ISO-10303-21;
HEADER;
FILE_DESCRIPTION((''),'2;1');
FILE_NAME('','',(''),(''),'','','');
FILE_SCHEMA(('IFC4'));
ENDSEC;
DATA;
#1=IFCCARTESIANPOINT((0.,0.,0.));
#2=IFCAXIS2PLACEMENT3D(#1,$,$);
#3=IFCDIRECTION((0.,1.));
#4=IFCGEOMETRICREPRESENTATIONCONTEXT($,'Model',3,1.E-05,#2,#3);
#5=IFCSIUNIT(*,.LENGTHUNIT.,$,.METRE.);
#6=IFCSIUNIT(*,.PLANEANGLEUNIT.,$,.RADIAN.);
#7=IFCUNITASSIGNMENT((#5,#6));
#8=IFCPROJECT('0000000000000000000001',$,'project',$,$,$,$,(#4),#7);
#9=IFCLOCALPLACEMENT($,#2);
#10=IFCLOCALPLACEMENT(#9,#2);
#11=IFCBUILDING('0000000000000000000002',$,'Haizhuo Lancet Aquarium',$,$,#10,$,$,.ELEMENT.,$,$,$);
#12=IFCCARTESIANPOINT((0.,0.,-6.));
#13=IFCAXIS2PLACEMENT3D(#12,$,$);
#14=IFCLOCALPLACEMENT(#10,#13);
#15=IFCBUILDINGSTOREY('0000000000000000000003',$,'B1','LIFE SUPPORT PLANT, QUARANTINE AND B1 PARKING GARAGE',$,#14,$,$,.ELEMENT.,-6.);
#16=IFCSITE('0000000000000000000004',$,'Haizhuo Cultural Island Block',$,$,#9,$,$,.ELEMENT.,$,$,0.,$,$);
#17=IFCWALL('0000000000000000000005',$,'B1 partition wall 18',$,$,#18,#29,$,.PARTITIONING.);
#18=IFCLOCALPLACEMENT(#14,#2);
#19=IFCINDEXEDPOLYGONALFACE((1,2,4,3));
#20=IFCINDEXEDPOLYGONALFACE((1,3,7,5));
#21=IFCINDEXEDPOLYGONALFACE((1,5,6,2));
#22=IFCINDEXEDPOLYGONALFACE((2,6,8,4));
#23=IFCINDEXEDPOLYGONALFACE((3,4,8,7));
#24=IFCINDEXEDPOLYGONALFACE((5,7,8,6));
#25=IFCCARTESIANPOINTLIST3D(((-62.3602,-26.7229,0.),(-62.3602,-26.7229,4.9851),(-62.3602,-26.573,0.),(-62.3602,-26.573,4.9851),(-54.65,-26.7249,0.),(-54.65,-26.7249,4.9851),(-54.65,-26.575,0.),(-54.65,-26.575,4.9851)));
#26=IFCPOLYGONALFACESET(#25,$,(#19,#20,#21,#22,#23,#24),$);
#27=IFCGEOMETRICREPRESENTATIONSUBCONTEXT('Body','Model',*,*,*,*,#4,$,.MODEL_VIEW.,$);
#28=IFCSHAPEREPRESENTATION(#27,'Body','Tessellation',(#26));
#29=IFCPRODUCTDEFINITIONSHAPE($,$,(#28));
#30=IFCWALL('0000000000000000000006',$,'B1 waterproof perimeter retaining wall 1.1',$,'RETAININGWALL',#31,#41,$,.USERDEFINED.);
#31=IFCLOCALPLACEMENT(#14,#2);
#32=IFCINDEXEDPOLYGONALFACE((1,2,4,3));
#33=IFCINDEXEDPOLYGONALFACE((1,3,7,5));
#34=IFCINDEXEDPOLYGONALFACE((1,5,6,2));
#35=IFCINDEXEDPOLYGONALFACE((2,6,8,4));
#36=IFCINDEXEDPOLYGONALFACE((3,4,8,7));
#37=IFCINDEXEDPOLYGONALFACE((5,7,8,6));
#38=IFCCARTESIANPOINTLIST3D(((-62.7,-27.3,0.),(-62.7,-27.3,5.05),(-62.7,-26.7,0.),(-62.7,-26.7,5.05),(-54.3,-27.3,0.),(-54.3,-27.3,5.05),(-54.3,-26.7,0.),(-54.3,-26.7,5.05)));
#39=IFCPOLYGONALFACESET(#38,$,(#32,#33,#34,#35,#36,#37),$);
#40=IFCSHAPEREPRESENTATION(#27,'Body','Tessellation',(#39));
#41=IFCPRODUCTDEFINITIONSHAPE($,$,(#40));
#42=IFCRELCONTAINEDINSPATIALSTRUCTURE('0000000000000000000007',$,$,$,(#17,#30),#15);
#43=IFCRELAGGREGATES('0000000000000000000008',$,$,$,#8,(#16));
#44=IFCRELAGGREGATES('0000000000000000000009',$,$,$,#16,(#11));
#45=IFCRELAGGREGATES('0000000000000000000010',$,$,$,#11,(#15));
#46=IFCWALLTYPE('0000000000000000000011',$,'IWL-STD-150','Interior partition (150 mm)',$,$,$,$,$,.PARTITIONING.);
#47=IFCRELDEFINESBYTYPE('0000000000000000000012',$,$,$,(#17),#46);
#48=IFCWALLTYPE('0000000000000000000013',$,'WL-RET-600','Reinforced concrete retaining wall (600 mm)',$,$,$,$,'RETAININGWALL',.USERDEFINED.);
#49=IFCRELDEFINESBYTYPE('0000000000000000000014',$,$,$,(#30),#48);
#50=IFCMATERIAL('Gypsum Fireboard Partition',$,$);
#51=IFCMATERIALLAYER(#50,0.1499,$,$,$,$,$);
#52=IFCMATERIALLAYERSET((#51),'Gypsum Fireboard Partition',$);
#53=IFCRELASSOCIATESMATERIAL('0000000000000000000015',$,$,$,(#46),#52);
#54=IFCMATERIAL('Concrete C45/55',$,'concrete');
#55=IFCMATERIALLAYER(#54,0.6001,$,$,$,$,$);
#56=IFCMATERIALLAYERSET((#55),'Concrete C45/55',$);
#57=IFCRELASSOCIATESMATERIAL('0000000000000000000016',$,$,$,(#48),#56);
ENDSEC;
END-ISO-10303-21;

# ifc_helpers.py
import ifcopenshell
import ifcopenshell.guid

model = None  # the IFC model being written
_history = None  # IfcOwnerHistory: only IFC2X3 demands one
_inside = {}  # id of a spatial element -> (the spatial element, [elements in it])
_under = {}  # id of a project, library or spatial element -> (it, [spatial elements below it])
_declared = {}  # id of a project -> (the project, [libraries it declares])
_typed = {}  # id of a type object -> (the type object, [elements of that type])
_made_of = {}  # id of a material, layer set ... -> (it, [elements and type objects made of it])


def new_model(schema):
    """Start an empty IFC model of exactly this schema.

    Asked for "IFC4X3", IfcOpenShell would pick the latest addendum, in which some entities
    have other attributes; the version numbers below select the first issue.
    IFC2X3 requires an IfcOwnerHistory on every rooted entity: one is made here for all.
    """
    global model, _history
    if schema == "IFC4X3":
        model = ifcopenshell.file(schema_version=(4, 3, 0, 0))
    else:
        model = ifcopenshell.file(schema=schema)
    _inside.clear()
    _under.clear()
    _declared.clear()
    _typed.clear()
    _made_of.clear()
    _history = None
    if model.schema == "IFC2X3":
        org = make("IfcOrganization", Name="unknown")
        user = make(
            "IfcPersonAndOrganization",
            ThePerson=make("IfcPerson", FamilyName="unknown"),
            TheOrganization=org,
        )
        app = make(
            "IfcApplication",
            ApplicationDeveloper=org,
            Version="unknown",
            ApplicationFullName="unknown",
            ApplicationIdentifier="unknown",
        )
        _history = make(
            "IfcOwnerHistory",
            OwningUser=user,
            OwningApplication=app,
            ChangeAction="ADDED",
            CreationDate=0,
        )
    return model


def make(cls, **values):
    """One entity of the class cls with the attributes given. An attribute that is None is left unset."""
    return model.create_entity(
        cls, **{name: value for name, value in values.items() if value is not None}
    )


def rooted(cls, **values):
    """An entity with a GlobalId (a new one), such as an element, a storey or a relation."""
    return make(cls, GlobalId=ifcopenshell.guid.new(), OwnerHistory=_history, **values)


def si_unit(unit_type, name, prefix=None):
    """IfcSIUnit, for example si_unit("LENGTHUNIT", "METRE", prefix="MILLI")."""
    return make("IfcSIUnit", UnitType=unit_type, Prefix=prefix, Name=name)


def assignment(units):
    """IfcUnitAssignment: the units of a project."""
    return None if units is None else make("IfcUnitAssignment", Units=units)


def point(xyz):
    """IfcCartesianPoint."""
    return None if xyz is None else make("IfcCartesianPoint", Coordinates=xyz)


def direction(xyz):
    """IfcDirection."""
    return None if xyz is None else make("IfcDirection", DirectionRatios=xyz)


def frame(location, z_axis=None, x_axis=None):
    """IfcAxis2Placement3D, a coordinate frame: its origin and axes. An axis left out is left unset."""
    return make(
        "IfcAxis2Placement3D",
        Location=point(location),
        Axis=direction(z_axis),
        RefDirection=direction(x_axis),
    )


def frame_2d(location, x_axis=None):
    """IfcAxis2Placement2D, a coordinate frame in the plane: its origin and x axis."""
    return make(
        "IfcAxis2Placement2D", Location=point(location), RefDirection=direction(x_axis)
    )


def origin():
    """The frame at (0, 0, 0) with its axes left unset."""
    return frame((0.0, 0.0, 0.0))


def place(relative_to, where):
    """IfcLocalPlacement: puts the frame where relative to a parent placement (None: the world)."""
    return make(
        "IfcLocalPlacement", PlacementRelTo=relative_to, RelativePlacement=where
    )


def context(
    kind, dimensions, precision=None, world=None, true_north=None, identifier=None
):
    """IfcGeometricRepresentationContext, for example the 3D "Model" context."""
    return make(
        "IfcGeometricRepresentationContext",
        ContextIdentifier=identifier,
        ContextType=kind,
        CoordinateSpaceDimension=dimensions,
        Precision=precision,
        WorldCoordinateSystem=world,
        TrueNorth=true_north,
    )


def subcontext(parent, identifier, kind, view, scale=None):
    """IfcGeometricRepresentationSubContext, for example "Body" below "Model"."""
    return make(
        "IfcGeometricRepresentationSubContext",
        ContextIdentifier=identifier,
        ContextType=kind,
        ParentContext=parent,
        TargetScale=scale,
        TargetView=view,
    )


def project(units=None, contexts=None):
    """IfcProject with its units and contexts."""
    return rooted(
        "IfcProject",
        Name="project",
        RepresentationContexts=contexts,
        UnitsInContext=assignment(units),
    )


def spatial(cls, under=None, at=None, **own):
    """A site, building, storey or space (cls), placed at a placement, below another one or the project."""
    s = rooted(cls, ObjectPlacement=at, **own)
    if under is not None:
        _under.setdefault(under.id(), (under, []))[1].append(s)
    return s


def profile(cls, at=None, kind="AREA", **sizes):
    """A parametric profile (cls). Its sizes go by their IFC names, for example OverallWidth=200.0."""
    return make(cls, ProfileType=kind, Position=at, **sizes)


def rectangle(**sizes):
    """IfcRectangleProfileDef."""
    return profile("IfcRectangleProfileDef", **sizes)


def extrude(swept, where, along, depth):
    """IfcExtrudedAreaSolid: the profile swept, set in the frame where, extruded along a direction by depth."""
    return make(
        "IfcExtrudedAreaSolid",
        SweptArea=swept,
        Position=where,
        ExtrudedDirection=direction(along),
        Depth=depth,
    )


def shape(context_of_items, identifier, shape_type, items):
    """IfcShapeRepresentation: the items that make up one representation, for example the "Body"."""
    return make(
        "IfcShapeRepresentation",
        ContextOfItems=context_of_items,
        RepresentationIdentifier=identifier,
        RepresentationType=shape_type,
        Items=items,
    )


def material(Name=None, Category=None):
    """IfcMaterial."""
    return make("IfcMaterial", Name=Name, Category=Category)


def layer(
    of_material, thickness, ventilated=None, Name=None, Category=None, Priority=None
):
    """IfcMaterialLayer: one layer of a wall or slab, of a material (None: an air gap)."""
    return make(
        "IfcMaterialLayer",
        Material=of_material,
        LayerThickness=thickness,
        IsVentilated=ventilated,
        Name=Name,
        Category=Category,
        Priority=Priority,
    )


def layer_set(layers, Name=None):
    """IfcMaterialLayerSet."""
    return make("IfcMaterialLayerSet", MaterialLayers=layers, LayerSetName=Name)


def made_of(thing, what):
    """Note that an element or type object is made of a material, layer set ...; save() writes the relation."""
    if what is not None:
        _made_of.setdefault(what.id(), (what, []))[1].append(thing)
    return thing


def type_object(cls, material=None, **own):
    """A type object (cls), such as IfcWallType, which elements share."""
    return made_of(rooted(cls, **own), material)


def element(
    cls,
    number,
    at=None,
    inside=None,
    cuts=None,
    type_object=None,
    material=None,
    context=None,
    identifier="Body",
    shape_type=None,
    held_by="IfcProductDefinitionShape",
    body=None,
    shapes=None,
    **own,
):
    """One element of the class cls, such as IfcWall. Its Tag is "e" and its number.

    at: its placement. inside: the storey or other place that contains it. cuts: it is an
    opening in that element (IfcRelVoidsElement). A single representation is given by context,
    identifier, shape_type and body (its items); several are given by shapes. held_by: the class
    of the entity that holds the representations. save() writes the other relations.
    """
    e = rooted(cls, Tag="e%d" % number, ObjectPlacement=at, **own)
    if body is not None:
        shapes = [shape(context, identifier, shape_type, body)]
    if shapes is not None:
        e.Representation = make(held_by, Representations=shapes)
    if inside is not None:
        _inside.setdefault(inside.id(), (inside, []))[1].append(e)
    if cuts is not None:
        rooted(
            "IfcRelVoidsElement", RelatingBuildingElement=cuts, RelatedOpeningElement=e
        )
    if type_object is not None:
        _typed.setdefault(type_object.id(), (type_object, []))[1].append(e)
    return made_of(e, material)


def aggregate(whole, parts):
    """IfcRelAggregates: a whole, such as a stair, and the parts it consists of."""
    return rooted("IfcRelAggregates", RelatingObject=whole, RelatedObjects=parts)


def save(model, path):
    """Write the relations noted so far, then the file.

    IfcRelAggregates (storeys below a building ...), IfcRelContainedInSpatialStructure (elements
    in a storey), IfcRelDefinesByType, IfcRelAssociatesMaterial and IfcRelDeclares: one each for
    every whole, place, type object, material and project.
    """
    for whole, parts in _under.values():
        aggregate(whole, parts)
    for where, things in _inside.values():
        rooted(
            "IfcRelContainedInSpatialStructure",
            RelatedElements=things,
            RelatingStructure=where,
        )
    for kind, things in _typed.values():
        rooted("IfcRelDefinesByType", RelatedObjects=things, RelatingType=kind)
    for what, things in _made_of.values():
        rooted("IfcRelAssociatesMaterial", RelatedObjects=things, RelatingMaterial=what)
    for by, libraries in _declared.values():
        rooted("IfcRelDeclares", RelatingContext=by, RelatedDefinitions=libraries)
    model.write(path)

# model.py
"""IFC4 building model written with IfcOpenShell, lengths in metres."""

from ifc_helpers import new_model, si_unit, direction, frame, frame_2d, origin, place, context, subcontext, project, spatial, rectangle, extrude, material, layer, layer_set, type_object, element, save


model = new_model("IFC4")

# Units and contexts
model_context = context("Model", 3, precision=1e-05, world=origin(), true_north=direction((0.0, 1.0)))
body_context = subcontext(model_context, "Body", "Model", "MODEL_VIEW")
ifc_project = project(units=[si_unit("LENGTHUNIT", "METRE"), si_unit("PLANEANGLEUNIT", "RADIAN")], contexts=[model_context])

# Site, building, storey
site_placement = place(None, origin())
site = spatial("IfcSite", under=ifc_project, at=site_placement, Name="Haizhuo Cultural Island Block", CompositionType="ELEMENT", RefElevation=0.0)
building_placement = place(site_placement, origin())
building = spatial("IfcBuilding", under=site, at=building_placement, Name="Haizhuo Lancet Aquarium", CompositionType="ELEMENT")
storey_placement = place(building_placement, frame((0.0, 0.0, -6.0)))
storey = spatial("IfcBuildingStorey", under=building, at=storey_placement, Name="B1", Description="LIFE SUPPORT PLANT, QUARANTINE AND B1 PARKING GARAGE", CompositionType="ELEMENT", Elevation=-6.0)

# Walls
ifc_material_1 = material(Name="Gypsum Fireboard Partition")
ifc_layer_1 = layer(ifc_material_1, 0.1499)
ifc_layer_set_1 = layer_set([ifc_layer_1], Name="Gypsum Fireboard Partition")
wall_type_1 = type_object("IfcWallType", Name="IWL-STD-150", Description="Interior partition (150 mm)", PredefinedType="PARTITIONING", material=ifc_layer_set_1)
wall_1_placement = place(storey_placement, frame((-62.3601, -26.6479, 0.0), z_axis=(0.0, 0.0, 1.0), x_axis=(1.0, -0.000253, 0.0)))
element("IfcWall", 1, at=wall_1_placement, inside=storey, type_object=wall_type_1, Name="B1 partition wall 18", PredefinedType="PARTITIONING", context=body_context, shape_type="SweptSolid", body=[
    extrude(rectangle(XDim=7.7102, YDim=0.1499, at=frame_2d((3.855, 0.0))), origin(), (0.0, 0.0, 1.0), 4.9851),
])
ifc_material_2 = material(Name="Concrete C45/55", Category="concrete")
ifc_layer_2 = layer(ifc_material_2, 0.6001)
ifc_layer_set_2 = layer_set([ifc_layer_2], Name="Concrete C45/55")
wall_type_2 = type_object("IfcWallType", Name="WL-RET-600", Description="Reinforced concrete retaining wall (600 mm)", ElementType="RETAININGWALL", PredefinedType="USERDEFINED", material=ifc_layer_set_2)
wall_2_placement = place(storey_placement, frame((-62.7, -27.0, 0.0), z_axis=(0.0, 0.0, 1.0), x_axis=(1.0, 0.0, 0.0)))
element("IfcWall", 2, at=wall_2_placement, inside=storey, type_object=wall_type_2, Name="B1 waterproof perimeter retaining wall 1.1", ObjectType="RETAININGWALL", PredefinedType="USERDEFINED", context=body_context, shape_type="SweptSolid", body=[
    extrude(rectangle(XDim=8.3999, YDim=0.6001, at=frame_2d((4.2, 0.0))), origin(), (0.0, 0.0, 1.0), 5.05),
])

save(model, "model.ifc")
